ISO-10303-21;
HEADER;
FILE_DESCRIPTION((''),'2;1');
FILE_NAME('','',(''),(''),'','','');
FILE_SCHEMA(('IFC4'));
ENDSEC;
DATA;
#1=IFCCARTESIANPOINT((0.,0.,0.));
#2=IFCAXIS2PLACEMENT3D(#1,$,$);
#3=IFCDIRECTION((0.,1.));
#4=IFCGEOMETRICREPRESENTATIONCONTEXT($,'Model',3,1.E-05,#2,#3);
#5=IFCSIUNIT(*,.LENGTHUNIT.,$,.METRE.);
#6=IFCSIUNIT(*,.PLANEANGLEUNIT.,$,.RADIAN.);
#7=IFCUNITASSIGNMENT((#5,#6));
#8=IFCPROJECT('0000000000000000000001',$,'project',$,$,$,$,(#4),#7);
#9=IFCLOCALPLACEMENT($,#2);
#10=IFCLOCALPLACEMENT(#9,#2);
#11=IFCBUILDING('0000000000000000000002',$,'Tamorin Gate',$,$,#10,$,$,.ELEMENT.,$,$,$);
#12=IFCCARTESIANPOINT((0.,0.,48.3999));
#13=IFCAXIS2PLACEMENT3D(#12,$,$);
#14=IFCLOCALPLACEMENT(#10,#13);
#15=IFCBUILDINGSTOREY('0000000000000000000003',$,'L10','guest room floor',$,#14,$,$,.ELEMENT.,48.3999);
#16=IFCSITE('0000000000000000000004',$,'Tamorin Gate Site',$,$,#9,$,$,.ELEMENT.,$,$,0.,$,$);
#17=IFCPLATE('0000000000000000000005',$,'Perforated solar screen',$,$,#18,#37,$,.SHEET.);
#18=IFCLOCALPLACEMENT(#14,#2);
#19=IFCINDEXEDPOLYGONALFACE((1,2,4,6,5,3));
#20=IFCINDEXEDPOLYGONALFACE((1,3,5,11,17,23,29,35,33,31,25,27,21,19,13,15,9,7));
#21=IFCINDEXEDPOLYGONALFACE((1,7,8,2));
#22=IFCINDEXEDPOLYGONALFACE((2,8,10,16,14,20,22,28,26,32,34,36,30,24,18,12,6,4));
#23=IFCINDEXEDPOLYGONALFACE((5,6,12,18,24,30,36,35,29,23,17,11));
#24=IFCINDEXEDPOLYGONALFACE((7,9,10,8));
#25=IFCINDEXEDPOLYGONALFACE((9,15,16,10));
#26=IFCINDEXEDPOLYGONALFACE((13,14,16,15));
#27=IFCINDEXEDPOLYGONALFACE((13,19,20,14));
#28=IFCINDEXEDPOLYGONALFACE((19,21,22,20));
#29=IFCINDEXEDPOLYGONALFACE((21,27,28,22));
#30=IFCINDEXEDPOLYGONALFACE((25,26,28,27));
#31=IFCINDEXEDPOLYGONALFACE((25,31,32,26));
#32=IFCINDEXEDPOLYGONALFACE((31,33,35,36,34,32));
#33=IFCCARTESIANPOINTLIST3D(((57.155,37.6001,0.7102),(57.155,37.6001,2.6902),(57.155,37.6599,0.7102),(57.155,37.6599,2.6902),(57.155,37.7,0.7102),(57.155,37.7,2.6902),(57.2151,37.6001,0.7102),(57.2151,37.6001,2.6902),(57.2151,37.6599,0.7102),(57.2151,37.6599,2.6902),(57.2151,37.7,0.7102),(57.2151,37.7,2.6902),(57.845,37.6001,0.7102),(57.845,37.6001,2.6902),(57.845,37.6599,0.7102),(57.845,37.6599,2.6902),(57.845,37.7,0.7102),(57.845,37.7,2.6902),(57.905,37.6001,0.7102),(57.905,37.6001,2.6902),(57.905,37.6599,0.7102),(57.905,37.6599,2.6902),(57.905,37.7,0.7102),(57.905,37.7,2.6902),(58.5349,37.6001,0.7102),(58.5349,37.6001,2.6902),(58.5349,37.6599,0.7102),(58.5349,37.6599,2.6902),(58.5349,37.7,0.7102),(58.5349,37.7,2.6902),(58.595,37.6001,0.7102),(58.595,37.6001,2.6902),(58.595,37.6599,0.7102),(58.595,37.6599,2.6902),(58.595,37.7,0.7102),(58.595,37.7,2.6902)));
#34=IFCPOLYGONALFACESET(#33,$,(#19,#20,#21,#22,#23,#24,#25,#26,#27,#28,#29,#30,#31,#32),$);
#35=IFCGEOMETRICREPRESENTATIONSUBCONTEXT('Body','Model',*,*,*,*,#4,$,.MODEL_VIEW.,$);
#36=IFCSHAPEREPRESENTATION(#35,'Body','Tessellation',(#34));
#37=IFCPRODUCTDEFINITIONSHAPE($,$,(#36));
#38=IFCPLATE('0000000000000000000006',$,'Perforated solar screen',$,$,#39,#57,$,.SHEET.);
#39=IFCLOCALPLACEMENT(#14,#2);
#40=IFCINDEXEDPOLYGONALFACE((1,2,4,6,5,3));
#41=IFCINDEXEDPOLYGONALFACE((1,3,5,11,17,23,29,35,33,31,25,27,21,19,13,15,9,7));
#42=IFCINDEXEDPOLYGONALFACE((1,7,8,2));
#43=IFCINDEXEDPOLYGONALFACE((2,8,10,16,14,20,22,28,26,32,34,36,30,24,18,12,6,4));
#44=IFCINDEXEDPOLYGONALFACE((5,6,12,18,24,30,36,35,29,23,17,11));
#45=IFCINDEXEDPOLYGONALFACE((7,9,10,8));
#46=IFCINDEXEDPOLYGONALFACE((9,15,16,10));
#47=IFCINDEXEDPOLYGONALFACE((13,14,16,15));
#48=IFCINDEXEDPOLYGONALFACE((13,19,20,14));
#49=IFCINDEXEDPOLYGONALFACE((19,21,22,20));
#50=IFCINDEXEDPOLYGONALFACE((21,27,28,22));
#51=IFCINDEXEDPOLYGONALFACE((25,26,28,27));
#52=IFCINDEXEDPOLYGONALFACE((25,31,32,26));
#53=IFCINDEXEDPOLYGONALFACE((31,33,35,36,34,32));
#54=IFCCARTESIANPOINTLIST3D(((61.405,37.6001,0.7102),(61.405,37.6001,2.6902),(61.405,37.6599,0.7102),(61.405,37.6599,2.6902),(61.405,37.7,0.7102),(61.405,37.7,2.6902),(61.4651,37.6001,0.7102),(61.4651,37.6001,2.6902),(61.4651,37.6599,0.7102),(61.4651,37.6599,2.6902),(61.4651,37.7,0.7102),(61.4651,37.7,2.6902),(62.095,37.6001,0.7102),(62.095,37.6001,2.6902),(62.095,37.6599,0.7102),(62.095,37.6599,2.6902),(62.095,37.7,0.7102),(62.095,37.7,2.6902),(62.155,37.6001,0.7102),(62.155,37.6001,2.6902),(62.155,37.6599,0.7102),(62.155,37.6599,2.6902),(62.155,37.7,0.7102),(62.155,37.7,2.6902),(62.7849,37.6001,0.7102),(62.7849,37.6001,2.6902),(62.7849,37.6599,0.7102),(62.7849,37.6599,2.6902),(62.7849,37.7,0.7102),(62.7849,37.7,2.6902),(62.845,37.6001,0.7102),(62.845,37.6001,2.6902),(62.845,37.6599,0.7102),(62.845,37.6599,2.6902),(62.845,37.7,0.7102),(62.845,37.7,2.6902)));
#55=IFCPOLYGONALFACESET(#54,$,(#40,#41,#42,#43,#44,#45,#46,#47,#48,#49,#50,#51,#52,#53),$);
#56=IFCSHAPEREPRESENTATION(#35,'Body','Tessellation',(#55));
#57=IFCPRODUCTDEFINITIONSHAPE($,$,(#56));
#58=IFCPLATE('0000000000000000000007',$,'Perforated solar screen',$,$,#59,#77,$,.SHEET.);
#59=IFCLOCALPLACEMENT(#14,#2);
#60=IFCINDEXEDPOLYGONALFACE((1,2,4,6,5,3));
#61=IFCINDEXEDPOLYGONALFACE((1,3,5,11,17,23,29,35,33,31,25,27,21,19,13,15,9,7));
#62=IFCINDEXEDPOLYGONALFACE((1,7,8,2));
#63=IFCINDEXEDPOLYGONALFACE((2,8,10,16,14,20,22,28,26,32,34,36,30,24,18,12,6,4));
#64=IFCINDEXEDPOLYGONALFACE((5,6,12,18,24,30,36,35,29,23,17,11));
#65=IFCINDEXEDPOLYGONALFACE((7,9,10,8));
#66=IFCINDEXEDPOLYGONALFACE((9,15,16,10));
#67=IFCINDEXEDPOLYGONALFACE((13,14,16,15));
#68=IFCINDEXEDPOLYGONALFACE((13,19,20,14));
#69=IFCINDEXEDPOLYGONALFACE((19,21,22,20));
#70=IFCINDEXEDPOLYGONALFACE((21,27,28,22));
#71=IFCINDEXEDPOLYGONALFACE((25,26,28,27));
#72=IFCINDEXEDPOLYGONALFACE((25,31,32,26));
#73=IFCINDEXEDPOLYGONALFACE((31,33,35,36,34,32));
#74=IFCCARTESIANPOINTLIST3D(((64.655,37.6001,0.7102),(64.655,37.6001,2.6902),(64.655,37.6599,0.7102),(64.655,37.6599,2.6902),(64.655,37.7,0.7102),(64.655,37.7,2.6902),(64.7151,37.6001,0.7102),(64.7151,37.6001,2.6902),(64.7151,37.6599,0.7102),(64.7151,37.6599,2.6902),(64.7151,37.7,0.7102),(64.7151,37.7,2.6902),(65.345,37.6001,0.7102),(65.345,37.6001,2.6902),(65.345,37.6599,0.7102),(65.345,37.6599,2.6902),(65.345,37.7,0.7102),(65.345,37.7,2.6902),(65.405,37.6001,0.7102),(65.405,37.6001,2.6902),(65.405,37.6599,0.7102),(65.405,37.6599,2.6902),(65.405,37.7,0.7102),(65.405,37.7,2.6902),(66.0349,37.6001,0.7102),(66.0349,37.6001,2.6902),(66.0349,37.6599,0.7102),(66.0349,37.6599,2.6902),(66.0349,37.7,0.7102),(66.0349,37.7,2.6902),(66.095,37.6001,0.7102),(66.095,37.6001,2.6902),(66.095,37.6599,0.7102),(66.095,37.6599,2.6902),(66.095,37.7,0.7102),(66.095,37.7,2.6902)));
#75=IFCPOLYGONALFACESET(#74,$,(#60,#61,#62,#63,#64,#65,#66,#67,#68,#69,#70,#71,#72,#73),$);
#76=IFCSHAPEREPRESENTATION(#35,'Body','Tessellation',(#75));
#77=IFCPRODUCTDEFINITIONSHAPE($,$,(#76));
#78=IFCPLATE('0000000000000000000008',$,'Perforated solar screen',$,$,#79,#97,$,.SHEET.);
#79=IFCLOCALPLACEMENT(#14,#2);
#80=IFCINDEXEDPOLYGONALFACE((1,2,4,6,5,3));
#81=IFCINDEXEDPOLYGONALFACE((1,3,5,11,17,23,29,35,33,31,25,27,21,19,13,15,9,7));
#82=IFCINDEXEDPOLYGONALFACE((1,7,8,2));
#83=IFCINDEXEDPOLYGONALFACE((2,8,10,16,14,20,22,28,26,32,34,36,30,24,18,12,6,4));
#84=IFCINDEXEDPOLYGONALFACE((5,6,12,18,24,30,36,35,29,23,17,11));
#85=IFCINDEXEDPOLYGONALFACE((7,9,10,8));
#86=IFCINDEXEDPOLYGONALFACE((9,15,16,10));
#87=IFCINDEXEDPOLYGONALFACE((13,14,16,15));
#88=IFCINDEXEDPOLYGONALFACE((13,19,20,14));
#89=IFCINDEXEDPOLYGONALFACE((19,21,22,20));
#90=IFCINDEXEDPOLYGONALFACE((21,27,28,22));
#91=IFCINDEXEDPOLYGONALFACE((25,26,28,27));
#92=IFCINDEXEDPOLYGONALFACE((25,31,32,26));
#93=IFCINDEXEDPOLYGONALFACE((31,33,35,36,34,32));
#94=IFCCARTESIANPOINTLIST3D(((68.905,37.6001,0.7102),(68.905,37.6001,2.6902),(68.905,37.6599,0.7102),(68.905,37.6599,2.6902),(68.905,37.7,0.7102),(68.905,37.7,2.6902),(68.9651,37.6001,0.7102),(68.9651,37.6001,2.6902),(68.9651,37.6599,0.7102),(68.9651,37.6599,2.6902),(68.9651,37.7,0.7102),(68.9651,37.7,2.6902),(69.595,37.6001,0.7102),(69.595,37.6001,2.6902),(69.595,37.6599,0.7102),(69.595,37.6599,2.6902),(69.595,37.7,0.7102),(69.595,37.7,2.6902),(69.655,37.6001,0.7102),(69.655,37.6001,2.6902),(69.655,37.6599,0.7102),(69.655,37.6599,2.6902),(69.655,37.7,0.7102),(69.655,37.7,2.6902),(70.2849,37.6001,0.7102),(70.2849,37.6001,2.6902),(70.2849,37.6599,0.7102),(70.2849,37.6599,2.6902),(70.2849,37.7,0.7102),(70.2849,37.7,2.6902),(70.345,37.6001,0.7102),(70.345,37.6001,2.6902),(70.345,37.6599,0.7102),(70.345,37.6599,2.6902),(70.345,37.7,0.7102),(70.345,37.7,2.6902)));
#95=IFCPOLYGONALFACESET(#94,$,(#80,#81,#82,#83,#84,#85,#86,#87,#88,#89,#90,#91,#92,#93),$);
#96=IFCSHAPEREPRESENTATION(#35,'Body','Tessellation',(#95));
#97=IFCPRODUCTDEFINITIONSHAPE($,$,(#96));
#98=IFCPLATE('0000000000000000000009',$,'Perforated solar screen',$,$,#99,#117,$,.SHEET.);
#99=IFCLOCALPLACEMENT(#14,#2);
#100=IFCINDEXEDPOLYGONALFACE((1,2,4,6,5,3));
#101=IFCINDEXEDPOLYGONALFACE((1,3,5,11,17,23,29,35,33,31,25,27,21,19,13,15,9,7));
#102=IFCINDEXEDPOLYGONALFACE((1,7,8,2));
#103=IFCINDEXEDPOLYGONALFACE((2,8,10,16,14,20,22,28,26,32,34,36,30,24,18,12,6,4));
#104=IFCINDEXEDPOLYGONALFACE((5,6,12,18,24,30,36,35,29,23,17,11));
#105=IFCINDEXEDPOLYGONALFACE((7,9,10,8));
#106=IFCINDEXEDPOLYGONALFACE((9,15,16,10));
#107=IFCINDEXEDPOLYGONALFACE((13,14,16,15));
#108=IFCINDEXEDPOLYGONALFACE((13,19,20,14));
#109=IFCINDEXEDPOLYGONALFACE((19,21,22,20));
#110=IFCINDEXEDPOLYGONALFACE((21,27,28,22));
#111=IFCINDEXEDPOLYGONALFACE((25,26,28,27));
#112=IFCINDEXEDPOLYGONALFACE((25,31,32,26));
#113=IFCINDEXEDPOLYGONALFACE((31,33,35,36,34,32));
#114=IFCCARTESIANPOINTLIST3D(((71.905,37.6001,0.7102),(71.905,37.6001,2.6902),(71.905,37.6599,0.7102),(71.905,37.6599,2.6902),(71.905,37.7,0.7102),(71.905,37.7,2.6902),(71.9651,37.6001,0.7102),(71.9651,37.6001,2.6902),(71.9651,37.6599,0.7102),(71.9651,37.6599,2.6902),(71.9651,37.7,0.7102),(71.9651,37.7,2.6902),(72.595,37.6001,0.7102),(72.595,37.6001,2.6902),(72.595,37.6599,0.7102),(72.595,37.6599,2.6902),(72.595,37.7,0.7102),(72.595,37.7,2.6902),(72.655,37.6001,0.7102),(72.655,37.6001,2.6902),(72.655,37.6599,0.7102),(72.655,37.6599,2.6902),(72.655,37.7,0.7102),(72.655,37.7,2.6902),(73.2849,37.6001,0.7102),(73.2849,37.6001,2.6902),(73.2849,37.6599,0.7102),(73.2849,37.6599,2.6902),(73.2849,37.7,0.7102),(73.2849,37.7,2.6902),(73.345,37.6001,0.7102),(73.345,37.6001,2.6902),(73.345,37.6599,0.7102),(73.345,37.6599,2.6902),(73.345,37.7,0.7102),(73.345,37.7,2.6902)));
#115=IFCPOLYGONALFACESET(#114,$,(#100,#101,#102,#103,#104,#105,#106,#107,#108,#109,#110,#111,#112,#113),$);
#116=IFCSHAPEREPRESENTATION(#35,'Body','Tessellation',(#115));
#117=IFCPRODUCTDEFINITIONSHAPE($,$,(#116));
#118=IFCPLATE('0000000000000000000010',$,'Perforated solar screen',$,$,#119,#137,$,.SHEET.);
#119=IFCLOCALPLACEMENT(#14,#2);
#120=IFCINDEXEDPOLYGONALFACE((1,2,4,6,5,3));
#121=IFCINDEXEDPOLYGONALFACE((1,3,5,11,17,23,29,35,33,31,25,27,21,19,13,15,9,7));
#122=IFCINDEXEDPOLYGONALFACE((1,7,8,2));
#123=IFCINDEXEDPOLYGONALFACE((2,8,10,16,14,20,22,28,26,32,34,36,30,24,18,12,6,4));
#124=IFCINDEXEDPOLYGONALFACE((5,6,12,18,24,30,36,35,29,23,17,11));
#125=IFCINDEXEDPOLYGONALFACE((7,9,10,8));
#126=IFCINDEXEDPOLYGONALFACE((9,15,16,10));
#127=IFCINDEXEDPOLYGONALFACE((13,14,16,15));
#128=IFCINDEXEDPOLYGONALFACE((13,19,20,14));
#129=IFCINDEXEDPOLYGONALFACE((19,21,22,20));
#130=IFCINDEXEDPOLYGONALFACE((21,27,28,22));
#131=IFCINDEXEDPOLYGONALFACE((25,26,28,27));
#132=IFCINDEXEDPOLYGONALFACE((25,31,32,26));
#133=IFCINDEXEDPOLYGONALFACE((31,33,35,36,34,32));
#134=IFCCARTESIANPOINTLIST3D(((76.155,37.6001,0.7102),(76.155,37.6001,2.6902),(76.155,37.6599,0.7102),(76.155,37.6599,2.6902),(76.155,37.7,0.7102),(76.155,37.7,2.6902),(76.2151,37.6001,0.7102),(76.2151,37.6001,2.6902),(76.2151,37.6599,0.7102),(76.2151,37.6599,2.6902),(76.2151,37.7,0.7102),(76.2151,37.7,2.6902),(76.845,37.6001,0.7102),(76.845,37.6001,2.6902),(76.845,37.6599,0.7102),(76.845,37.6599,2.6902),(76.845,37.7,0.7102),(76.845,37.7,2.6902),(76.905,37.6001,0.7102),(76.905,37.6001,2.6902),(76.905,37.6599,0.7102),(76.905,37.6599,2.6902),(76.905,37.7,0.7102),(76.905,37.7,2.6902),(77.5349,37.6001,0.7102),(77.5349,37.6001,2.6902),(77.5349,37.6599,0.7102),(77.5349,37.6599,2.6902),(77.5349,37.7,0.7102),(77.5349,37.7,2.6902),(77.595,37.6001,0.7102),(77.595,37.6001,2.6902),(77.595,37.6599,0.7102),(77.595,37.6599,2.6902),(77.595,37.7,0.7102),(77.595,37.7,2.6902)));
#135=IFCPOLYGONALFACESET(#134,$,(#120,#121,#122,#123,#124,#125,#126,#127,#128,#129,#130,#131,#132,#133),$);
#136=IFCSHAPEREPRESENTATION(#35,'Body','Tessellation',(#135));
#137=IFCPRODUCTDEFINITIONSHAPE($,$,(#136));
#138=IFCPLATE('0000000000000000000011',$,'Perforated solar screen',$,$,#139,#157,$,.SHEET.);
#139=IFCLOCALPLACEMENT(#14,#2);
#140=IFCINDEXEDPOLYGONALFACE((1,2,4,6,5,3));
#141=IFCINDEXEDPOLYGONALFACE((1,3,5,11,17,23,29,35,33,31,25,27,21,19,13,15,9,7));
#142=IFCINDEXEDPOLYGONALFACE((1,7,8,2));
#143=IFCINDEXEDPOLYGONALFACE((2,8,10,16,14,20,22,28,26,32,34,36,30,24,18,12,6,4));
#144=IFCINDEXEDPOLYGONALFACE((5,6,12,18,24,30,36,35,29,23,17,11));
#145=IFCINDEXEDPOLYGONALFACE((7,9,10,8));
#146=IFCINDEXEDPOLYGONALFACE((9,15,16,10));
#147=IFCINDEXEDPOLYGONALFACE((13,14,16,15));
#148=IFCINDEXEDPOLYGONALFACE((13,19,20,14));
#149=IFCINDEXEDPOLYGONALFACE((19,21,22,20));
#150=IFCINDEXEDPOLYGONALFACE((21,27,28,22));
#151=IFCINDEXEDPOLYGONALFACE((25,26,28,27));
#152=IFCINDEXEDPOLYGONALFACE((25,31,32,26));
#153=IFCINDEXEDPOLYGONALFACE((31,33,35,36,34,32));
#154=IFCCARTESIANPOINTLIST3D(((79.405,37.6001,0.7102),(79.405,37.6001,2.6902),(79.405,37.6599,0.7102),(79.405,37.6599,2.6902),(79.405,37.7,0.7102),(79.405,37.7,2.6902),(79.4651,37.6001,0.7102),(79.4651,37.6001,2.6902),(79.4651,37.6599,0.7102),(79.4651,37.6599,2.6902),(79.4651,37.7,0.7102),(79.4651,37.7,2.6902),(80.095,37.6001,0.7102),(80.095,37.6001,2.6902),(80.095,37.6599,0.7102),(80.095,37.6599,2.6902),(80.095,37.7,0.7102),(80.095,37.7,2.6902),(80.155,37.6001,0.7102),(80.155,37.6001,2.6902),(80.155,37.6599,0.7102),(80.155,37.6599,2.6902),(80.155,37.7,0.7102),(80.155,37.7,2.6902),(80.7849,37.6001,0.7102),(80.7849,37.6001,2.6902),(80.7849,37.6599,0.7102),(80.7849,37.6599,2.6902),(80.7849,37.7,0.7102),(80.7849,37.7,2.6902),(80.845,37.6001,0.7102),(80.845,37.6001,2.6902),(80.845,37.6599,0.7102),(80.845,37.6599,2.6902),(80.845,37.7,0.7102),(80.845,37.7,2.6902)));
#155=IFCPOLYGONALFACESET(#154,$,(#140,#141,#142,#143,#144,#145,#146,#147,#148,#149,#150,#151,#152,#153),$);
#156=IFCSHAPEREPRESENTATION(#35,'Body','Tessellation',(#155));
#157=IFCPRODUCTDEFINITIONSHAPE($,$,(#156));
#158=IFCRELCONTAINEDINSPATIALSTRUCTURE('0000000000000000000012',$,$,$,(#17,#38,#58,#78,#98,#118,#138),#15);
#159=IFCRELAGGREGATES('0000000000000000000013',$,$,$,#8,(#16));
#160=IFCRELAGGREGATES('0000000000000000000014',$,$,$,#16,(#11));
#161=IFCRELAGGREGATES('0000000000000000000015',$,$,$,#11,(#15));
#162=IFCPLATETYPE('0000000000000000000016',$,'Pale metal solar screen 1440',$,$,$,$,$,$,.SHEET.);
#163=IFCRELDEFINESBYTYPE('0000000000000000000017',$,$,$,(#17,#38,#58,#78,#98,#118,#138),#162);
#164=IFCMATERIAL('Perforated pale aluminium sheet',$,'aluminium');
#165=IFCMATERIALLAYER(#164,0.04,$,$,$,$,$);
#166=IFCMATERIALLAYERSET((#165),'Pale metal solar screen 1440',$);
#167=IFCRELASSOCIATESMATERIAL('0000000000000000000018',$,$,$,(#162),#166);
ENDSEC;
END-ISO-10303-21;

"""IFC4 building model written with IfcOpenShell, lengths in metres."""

from ifc_helpers import new_model, si_unit, direction, frame, origin, place, context, subcontext, project, spatial, polyline, outline, extrude, material, layer, layer_set, type_object, element, save


model = new_model("IFC4")

# Units and contexts
model_context = context("Model", 3, precision=1e-05, world=origin(), true_north=direction((0.0, 1.0)))
body_context = subcontext(model_context, "Body", "Model", "MODEL_VIEW")
ifc_project = project(units=[si_unit("LENGTHUNIT", "METRE"), si_unit("PLANEANGLEUNIT", "RADIAN")], contexts=[model_context])

# Site, building, storey
site_placement = place(None, origin())
site = spatial("IfcSite", under=ifc_project, at=site_placement, Name="Tamorin Gate Site", CompositionType="ELEMENT", RefElevation=0.0)
building_placement = place(site_placement, origin())
building = spatial("IfcBuilding", under=site, at=building_placement, Name="Tamorin Gate", CompositionType="ELEMENT")
storey_placement = place(building_placement, frame((0.0, 0.0, 48.3999)))
storey = spatial("IfcBuildingStorey", under=building, at=storey_placement, Name="L10", Description="guest room floor", CompositionType="ELEMENT", Elevation=48.3999)

# Plates
ifc_material_1 = material(Name="Perforated pale aluminium sheet", Category="aluminium")
ifc_layer_1 = layer(ifc_material_1, 0.04)
ifc_layer_set_1 = layer_set([ifc_layer_1], Name="Pale metal solar screen 1440")
plate_type = type_object("IfcPlateType", Name="Pale metal solar screen 1440", PredefinedType="SHEET", material=ifc_layer_set_1)
plate_1_placement = place(storey_placement, frame((0.0, 0.0, 0.7102)))
element("IfcPlate", 1, at=plate_1_placement, inside=storey, type_object=plate_type, Name="Perforated solar screen", PredefinedType="SHEET", context=body_context, shape_type="SweptSolid", body=[
    extrude(outline(polyline([(57.155, 37.6599), (57.155, 37.7), (57.2151, 37.7), (57.845, 37.7), (57.905, 37.7), (58.5349, 37.7), (58.595, 37.7), (58.595, 37.6599), (58.595, 37.6001), (58.5349, 37.6001), (58.5349, 37.6599), (57.905, 37.6599), (57.905, 37.6001), (57.845, 37.6001), (57.845, 37.6599), (57.2151, 37.6599), (57.2151, 37.6001), (57.155, 37.6001), (57.155, 37.6599)])), origin(), (0.0, 0.0, 1.0), 1.98),
])
plate_2_placement = place(storey_placement, frame((0.0, 0.0, 0.7102)))
element("IfcPlate", 2, at=plate_2_placement, inside=storey, type_object=plate_type, Name="Perforated solar screen", PredefinedType="SHEET", context=body_context, shape_type="SweptSolid", body=[
    extrude(outline(polyline([(61.405, 37.6599), (61.405, 37.7), (61.4651, 37.7), (62.095, 37.7), (62.155, 37.7), (62.7849, 37.7), (62.845, 37.7), (62.845, 37.6599), (62.845, 37.6001), (62.7849, 37.6001), (62.7849, 37.6599), (62.155, 37.6599), (62.155, 37.6001), (62.095, 37.6001), (62.095, 37.6599), (61.4651, 37.6599), (61.4651, 37.6001), (61.405, 37.6001), (61.405, 37.6599)])), origin(), (0.0, 0.0, 1.0), 1.98),
])
plate_3_placement = place(storey_placement, frame((0.0, 0.0, 0.7102)))
element("IfcPlate", 3, at=plate_3_placement, inside=storey, type_object=plate_type, Name="Perforated solar screen", PredefinedType="SHEET", context=body_context, shape_type="SweptSolid", body=[
    extrude(outline(polyline([(64.655, 37.6599), (64.655, 37.7), (64.7151, 37.7), (65.345, 37.7), (65.405, 37.7), (66.0349, 37.7), (66.095, 37.7), (66.095, 37.6599), (66.095, 37.6001), (66.0349, 37.6001), (66.0349, 37.6599), (65.405, 37.6599), (65.405, 37.6001), (65.345, 37.6001), (65.345, 37.6599), (64.7151, 37.6599), (64.7151, 37.6001), (64.655, 37.6001), (64.655, 37.6599)])), origin(), (0.0, 0.0, 1.0), 1.98),
])
plate_4_placement = place(storey_placement, frame((0.0, 0.0, 0.7102)))
element("IfcPlate", 4, at=plate_4_placement, inside=storey, type_object=plate_type, Name="Perforated solar screen", PredefinedType="SHEET", context=body_context, shape_type="SweptSolid", body=[
    extrude(outline(polyline([(68.905, 37.6599), (68.905, 37.7), (68.9651, 37.7), (69.595, 37.7), (69.655, 37.7), (70.2849, 37.7), (70.345, 37.7), (70.345, 37.6599), (70.345, 37.6001), (70.2849, 37.6001), (70.2849, 37.6599), (69.655, 37.6599), (69.655, 37.6001), (69.595, 37.6001), (69.595, 37.6599), (68.9651, 37.6599), (68.9651, 37.6001), (68.905, 37.6001), (68.905, 37.6599)])), origin(), (0.0, 0.0, 1.0), 1.98),
])
plate_5_placement = place(storey_placement, frame((0.0, 0.0, 0.7102)))
element("IfcPlate", 5, at=plate_5_placement, inside=storey, type_object=plate_type, Name="Perforated solar screen", PredefinedType="SHEET", context=body_context, shape_type="SweptSolid", body=[
    extrude(outline(polyline([(71.905, 37.6599), (71.905, 37.7), (71.9651, 37.7), (72.595, 37.7), (72.655, 37.7), (73.2849, 37.7), (73.345, 37.7), (73.345, 37.6599), (73.345, 37.6001), (73.2849, 37.6001), (73.2849, 37.6599), (72.655, 37.6599), (72.655, 37.6001), (72.595, 37.6001), (72.595, 37.6599), (71.9651, 37.6599), (71.9651, 37.6001), (71.905, 37.6001), (71.905, 37.6599)])), origin(), (0.0, 0.0, 1.0), 1.98),
])
plate_6_placement = place(storey_placement, frame((0.0, 0.0, 0.7102)))
element("IfcPlate", 6, at=plate_6_placement, inside=storey, type_object=plate_type, Name="Perforated solar screen", PredefinedType="SHEET", context=body_context, shape_type="SweptSolid", body=[
    extrude(outline(polyline([(76.155, 37.6599), (76.155, 37.7), (76.2151, 37.7), (76.845, 37.7), (76.905, 37.7), (77.5349, 37.7), (77.595, 37.7), (77.595, 37.6599), (77.595, 37.6001), (77.5349, 37.6001), (77.5349, 37.6599), (76.905, 37.6599), (76.905, 37.6001), (76.845, 37.6001), (76.845, 37.6599), (76.2151, 37.6599), (76.2151, 37.6001), (76.155, 37.6001), (76.155, 37.6599)])), origin(), (0.0, 0.0, 1.0), 1.98),
])
plate_7_placement = place(storey_placement, frame((0.0, 0.0, 0.7102)))
element("IfcPlate", 7, at=plate_7_placement, inside=storey, type_object=plate_type, Name="Perforated solar screen", PredefinedType="SHEET", context=body_context, shape_type="SweptSolid", body=[
    extrude(outline(polyline([(79.405, 37.6599), (79.405, 37.7), (79.4651, 37.7), (80.095, 37.7), (80.155, 37.7), (80.7849, 37.7), (80.845, 37.7), (80.845, 37.6599), (80.845, 37.6001), (80.7849, 37.6001), (80.7849, 37.6599), (80.155, 37.6599), (80.155, 37.6001), (80.095, 37.6001), (80.095, 37.6599), (79.4651, 37.6599), (79.4651, 37.6001), (79.405, 37.6001), (79.405, 37.6599)])), origin(), (0.0, 0.0, 1.0), 1.98),
])

save(model, "model.ifc")
